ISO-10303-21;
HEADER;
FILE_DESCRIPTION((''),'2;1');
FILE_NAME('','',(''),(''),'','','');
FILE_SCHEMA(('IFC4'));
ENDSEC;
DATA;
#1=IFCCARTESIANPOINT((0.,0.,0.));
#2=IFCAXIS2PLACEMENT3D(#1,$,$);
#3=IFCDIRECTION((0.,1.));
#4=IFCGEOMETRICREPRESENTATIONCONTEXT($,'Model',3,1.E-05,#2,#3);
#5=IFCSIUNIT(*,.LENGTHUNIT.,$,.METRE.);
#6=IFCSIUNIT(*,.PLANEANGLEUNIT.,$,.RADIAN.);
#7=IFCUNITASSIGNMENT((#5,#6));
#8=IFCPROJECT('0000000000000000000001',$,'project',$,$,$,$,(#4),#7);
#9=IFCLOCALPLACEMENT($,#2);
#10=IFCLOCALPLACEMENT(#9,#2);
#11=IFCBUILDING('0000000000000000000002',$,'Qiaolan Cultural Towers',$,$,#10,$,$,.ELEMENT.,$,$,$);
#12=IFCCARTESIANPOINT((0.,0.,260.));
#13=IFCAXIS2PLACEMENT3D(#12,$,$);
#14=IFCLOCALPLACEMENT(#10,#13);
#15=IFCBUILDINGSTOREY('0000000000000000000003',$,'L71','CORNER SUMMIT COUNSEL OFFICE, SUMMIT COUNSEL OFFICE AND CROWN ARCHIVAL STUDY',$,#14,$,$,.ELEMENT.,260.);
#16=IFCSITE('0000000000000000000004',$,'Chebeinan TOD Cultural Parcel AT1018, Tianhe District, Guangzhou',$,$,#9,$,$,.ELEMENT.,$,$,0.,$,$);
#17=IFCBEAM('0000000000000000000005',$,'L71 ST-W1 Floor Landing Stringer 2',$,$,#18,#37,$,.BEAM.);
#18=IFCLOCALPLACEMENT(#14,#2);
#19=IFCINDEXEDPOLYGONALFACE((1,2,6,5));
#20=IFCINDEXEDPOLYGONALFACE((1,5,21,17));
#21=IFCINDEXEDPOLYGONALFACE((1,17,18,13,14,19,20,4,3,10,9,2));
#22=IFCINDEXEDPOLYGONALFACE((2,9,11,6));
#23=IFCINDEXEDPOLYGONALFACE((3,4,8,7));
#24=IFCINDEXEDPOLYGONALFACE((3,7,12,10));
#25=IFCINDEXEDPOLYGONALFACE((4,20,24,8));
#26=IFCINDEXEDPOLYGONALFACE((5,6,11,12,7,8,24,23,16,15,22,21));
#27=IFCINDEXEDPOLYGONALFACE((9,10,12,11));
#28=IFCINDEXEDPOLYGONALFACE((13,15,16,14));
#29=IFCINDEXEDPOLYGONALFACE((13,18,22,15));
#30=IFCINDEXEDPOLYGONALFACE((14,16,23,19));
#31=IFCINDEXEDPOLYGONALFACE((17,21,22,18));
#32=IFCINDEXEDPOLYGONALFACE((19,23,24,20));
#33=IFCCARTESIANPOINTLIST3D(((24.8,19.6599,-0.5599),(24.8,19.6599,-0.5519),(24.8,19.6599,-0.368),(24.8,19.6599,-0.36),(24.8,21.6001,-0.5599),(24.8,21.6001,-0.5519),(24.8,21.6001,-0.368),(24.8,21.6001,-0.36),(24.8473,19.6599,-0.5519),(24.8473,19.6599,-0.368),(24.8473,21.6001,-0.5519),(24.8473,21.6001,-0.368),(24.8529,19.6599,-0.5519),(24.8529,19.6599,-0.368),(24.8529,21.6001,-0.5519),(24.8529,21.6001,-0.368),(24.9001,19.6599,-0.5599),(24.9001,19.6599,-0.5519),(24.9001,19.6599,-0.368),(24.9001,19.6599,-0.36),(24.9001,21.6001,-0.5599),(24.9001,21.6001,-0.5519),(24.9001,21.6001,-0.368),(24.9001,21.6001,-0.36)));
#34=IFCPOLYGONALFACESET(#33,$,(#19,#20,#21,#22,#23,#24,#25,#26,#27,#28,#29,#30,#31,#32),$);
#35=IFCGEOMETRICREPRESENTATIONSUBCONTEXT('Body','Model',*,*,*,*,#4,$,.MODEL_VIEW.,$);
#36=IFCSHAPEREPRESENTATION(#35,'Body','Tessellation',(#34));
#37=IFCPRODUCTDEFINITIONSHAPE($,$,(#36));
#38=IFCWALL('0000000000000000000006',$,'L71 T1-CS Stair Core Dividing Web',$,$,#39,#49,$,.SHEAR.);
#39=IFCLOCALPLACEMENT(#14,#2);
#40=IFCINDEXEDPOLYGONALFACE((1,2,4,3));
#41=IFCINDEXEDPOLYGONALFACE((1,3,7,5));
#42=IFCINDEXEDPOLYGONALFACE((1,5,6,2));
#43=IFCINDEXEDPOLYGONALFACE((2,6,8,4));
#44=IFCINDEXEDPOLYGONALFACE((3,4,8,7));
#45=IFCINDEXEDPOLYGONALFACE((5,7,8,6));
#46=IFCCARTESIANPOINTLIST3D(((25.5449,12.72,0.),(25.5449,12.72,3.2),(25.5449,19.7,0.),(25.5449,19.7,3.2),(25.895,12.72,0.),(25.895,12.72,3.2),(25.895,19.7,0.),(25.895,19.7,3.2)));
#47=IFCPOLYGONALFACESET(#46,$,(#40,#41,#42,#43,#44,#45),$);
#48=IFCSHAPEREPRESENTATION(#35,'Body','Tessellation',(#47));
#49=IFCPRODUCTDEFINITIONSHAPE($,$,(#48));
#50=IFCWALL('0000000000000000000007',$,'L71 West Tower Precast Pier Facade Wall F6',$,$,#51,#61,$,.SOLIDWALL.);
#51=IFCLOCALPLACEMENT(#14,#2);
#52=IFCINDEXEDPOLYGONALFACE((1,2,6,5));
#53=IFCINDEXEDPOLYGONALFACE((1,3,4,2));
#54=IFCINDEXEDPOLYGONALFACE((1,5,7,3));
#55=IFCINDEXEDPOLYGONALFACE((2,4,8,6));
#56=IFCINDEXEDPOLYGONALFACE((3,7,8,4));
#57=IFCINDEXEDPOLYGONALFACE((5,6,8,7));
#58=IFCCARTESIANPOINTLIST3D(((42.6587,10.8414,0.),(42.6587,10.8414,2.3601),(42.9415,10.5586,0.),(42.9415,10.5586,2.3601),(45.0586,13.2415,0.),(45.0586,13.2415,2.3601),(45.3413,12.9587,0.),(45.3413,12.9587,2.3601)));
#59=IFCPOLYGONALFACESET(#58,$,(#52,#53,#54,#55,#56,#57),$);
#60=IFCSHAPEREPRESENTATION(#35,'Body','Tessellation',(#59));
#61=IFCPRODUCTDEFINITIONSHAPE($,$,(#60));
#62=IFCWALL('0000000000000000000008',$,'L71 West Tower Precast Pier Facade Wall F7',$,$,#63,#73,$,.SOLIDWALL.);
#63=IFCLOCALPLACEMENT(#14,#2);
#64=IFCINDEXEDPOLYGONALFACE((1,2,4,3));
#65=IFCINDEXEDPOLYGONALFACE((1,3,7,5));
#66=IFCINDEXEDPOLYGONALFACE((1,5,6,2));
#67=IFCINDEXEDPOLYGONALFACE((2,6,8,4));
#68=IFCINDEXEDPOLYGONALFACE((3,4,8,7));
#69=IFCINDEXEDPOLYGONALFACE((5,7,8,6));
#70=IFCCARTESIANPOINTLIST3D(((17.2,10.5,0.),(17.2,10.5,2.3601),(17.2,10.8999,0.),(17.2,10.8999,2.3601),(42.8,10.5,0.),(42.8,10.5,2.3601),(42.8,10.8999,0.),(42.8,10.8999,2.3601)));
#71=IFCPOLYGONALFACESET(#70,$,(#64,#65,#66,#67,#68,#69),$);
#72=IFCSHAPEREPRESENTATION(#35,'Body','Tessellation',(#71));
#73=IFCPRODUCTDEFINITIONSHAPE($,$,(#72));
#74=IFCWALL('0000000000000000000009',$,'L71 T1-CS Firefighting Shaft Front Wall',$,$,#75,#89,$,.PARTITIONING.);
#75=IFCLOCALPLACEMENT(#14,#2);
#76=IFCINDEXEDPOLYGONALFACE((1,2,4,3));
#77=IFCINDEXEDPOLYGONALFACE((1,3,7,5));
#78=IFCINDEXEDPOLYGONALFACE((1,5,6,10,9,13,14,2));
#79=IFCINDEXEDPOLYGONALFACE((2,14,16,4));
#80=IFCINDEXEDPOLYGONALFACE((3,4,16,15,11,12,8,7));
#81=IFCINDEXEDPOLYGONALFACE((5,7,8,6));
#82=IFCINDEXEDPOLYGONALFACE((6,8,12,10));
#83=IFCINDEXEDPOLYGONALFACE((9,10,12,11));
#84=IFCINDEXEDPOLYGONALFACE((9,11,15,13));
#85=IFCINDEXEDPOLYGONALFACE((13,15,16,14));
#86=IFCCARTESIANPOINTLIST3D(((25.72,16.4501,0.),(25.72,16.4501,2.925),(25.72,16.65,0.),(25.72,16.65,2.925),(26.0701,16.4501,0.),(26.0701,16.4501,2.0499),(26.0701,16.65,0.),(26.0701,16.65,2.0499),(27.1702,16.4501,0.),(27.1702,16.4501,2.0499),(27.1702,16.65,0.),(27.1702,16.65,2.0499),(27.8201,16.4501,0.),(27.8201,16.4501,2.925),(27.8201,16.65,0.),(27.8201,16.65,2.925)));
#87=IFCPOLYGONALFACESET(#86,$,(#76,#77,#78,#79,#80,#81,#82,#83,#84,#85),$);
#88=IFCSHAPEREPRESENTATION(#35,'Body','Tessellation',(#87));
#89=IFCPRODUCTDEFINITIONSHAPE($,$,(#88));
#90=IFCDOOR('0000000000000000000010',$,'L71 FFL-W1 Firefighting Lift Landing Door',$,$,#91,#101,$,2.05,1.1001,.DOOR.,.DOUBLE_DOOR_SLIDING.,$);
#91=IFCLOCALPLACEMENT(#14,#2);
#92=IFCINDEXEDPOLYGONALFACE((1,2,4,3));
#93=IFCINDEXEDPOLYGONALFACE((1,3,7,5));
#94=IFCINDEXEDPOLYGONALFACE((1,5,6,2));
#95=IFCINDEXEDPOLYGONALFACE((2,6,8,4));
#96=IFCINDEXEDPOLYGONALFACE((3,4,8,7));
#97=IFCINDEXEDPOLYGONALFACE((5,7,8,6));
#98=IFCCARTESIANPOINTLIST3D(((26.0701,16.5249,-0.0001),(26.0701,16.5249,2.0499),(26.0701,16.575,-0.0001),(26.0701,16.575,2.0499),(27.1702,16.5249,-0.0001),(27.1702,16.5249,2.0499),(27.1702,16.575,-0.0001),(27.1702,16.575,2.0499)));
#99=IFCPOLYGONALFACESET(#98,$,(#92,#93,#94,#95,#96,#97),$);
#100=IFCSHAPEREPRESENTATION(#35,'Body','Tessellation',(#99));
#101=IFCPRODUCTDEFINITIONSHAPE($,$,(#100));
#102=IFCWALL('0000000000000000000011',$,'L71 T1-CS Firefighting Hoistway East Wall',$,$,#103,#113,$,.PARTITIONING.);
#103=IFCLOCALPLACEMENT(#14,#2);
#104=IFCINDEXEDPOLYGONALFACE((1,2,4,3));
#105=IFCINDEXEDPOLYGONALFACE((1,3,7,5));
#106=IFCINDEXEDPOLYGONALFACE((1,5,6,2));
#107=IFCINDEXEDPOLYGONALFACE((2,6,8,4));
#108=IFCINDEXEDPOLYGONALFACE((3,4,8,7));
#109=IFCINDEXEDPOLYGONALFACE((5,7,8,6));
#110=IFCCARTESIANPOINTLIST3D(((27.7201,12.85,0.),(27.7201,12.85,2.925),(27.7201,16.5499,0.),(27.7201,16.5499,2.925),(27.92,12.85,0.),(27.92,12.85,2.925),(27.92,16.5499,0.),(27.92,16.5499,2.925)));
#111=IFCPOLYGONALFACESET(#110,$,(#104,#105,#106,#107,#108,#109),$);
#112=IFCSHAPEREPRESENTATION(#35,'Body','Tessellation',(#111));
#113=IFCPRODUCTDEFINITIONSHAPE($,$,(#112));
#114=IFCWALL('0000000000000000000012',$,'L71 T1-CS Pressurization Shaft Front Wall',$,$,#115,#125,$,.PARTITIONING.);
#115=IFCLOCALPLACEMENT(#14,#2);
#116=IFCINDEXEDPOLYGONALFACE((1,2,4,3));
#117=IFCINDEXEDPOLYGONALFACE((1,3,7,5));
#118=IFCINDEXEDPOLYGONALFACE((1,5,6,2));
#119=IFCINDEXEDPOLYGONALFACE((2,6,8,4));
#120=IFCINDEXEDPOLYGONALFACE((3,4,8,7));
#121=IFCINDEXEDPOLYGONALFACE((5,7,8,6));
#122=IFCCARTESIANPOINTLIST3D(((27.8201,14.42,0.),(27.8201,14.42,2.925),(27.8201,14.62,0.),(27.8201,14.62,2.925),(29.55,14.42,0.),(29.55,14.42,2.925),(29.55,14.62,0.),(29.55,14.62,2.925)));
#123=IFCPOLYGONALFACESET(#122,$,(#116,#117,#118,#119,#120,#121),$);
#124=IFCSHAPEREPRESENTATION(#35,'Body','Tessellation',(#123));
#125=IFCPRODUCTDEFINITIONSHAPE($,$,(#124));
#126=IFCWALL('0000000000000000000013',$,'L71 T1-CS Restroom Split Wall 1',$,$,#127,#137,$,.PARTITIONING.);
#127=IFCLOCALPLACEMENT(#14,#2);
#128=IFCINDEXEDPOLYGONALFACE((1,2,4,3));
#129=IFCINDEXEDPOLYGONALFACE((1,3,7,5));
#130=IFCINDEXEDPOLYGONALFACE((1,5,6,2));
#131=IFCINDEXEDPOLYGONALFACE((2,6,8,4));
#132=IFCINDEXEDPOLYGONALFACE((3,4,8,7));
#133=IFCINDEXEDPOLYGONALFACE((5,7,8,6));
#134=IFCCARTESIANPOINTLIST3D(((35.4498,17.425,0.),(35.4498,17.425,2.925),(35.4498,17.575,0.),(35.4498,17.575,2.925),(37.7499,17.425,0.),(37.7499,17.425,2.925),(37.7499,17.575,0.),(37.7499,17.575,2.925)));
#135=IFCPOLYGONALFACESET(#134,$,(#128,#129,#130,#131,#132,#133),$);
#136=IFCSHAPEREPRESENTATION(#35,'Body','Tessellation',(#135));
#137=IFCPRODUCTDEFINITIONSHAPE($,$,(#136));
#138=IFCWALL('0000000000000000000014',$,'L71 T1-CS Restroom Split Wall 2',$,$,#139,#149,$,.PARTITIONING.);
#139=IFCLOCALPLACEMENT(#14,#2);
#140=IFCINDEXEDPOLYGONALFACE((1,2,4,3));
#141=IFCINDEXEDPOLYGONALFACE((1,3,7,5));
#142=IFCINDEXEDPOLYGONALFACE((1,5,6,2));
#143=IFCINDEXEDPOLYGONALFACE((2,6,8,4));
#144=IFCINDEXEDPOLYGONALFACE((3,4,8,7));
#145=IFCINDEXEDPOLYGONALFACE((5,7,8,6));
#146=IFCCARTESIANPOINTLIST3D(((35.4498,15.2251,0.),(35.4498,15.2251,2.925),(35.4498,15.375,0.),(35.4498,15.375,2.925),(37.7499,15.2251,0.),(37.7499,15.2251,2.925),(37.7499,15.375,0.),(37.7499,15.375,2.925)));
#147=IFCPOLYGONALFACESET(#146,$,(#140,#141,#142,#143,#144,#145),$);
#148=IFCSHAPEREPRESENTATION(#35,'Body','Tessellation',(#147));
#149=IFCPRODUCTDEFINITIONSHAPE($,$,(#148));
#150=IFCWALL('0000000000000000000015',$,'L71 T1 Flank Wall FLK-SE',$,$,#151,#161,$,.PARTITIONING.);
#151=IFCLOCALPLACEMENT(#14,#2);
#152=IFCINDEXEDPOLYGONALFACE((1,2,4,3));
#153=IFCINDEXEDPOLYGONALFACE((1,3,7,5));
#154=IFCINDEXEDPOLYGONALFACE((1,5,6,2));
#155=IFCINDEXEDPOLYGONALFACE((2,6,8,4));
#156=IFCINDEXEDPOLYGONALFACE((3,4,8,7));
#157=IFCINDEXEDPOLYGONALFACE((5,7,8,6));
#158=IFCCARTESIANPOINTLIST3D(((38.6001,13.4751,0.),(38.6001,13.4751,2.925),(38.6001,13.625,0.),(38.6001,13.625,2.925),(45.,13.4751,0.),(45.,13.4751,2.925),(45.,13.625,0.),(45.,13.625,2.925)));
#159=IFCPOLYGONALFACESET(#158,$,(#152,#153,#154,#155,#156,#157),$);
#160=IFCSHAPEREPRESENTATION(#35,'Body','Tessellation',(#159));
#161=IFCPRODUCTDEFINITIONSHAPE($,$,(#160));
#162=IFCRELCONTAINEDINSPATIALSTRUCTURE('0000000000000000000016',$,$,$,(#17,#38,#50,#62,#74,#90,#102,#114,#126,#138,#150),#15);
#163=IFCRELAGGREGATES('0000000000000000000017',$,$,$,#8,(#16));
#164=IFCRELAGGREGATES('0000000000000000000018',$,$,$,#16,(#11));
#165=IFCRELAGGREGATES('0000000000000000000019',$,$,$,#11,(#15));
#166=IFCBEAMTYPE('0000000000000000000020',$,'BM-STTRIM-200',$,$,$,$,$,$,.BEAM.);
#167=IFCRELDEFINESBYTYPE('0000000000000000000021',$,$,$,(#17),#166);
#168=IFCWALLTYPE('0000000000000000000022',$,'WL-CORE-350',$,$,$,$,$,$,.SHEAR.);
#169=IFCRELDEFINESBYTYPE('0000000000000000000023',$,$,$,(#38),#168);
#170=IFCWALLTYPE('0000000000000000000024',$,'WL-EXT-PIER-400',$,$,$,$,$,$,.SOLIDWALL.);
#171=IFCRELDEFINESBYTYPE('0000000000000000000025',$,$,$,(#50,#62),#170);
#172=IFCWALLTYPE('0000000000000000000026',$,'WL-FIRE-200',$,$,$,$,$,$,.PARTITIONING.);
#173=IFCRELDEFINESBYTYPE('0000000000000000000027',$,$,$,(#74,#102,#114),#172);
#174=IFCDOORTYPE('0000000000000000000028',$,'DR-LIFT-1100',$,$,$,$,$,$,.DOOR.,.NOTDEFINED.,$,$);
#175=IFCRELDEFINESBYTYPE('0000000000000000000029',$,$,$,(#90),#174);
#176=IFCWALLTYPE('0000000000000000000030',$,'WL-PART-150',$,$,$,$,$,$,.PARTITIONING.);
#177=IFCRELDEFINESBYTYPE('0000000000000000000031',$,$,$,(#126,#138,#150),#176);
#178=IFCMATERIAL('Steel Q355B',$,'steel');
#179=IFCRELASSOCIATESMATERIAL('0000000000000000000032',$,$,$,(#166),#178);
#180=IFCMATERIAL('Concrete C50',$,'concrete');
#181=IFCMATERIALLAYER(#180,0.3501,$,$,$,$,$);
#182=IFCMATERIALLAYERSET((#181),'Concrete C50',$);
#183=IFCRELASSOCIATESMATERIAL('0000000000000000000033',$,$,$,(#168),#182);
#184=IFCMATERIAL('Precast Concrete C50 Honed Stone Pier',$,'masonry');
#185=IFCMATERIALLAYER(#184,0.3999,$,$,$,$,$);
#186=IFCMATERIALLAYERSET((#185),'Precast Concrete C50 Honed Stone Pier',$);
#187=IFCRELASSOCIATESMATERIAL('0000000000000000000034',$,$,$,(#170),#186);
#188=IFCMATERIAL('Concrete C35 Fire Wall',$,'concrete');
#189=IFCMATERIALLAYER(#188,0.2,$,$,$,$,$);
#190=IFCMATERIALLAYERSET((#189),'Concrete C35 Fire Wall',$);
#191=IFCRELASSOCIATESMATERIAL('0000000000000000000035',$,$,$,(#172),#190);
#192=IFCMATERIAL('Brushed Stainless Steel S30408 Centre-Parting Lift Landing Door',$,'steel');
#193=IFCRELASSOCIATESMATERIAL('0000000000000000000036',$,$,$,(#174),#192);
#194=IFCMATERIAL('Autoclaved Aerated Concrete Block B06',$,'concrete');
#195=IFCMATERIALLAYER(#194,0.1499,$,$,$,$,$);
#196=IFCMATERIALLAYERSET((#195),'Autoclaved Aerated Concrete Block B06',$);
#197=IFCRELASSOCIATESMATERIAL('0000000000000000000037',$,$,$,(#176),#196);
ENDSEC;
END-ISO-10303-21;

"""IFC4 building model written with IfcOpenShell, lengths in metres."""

from ifc_helpers import new_model, si_unit, direction, frame, frame_2d, origin, origin_2d, place, context, subcontext, project, spatial, rectangle, i_section, extrude, material, layer, layer_set, material_profile, profile_set, type_object, element, fill, save


model = new_model("IFC4")

# Units and contexts
model_context = context("Model", 3, precision=1e-05, world=origin(), true_north=direction((0.0, 1.0)))
body_context = subcontext(model_context, "Body", "Model", "MODEL_VIEW")
ifc_project = project(units=[si_unit("LENGTHUNIT", "METRE"), si_unit("PLANEANGLEUNIT", "RADIAN")], contexts=[model_context])

# Site, building, storey
site_placement = place(None, origin())
site = spatial("IfcSite", under=ifc_project, at=site_placement, Name="Chebeinan TOD Cultural Parcel AT1018, Tianhe District, Guangzhou", CompositionType="ELEMENT", RefElevation=0.0)
building_placement = place(site_placement, origin())
building = spatial("IfcBuilding", under=site, at=building_placement, Name="Qiaolan Cultural Towers", CompositionType="ELEMENT")
storey_placement = place(building_placement, frame((0.0, 0.0, 260.0)))
storey = spatial("IfcBuildingStorey", under=building, at=storey_placement, Name="L71", Description="CORNER SUMMIT COUNSEL OFFICE, SUMMIT COUNSEL OFFICE AND CROWN ARCHIVAL STUDY", CompositionType="ELEMENT", Elevation=260.0)

# Beam
ifc_material_1 = material(Name="Steel Q355B", Category="steel")
ifc_material_profile_1 = material_profile(ifc_material_1, i_section(OverallWidth=0.1001, OverallDepth=0.2, WebThickness=0.0056, FlangeThickness=0.0081, at=origin_2d()), Name="HN200x100x5.5x8")
ifc_profile_set_1 = profile_set([ifc_material_profile_1], Name="Steel Q355B")
beam_type_1 = type_object("IfcBeamType", Name="BM-STTRIM-200", PredefinedType="BEAM", material=ifc_profile_set_1)
beam_1_placement = place(storey_placement, frame((24.8501, 21.6001, -0.46), z_axis=(0.0, -1.0, 0.0), x_axis=(1.0, 0.0, 0.0)))
element("IfcBeam", 1, at=beam_1_placement, inside=storey, type_object=beam_type_1, Name="L71 ST-W1 Floor Landing Stringer 2", PredefinedType="BEAM", context=body_context, shape_type="SweptSolid", body=[
    extrude(i_section(OverallWidth=0.1001, OverallDepth=0.2, WebThickness=0.0056, FlangeThickness=0.0081, at=origin_2d()), origin(), (0.0, 0.0, 1.0), 1.9402),
])

# Walls
ifc_material_2 = material(Name="Concrete C50", Category="concrete")
ifc_layer_1 = layer(ifc_material_2, 0.3501)
ifc_layer_set_1 = layer_set([ifc_layer_1], Name="Concrete C50")
wall_type_1 = type_object("IfcWallType", Name="WL-CORE-350", PredefinedType="SHEAR", material=ifc_layer_set_1)
wall_1_placement = place(storey_placement, frame((25.72, 19.7, 0.0), z_axis=(0.0, 0.0, 1.0), x_axis=(0.0, -1.0, 0.0)))
element("IfcWall", 2, at=wall_1_placement, inside=storey, type_object=wall_type_1, Name="L71 T1-CS Stair Core Dividing Web", PredefinedType="SHEAR", context=body_context, shape_type="SweptSolid", body=[
    extrude(rectangle(XDim=6.98, YDim=0.3501, at=frame_2d((3.49, 0.0))), origin(), (0.0, 0.0, 1.0), 3.2),
])
ifc_material_3 = material(Name="Precast Concrete C50 Honed Stone Pier", Category="masonry")
ifc_layer_2 = layer(ifc_material_3, 0.3999)
ifc_layer_set_2 = layer_set([ifc_layer_2], Name="Precast Concrete C50 Honed Stone Pier")
wall_type_2 = type_object("IfcWallType", Name="WL-EXT-PIER-400", PredefinedType="SOLIDWALL", material=ifc_layer_set_2)
wall_2_placement = place(storey_placement, frame((45.2, 13.1001, 0.0), z_axis=(0.0, 0.0, 1.0), x_axis=(-0.707071, -0.707143, 0.0)))
element("IfcWall", 3, at=wall_2_placement, inside=storey, type_object=wall_type_2, Name="L71 West Tower Precast Pier Facade Wall F6", PredefinedType="SOLIDWALL", context=body_context, shape_type="SweptSolid", body=[
    extrude(rectangle(XDim=3.394, YDim=0.3999, at=frame_2d((1.697, 0.0))), origin(), (0.0, 0.0, 1.0), 2.3601),
])
wall_3_placement = place(storey_placement, frame((42.8, 10.7, 0.0), z_axis=(0.0, 0.0, 1.0), x_axis=(-1.0, 0.0, 0.0)))
element("IfcWall", 4, at=wall_3_placement, inside=storey, type_object=wall_type_2, Name="L71 West Tower Precast Pier Facade Wall F7", PredefinedType="SOLIDWALL", context=body_context, shape_type="SweptSolid", body=[
    extrude(rectangle(XDim=25.6001, YDim=0.3999, at=frame_2d((12.8, 0.0))), origin(), (0.0, 0.0, 1.0), 2.3601),
])

# Wall, opening, door
ifc_material_4 = material(Name="Concrete C35 Fire Wall", Category="concrete")
ifc_layer_3 = layer(ifc_material_4, 0.2)
ifc_layer_set_3 = layer_set([ifc_layer_3], Name="Concrete C35 Fire Wall")
wall_type_3 = type_object("IfcWallType", Name="WL-FIRE-200", PredefinedType="PARTITIONING", material=ifc_layer_set_3)
wall_4_placement = place(storey_placement, frame((25.72, 16.55, 0.0), z_axis=(0.0, 0.0, 1.0), x_axis=(1.0, 0.0, 0.0)))
wall_4 = element("IfcWall", 5, at=wall_4_placement, inside=storey, type_object=wall_type_3, Name="L71 T1-CS Firefighting Shaft Front Wall", PredefinedType="PARTITIONING", context=body_context, shape_type="SweptSolid", body=[
    extrude(rectangle(XDim=2.1001, YDim=0.2, at=frame_2d((1.05, 0.0))), origin(), (0.0, 0.0, 1.0), 2.925),
])
opening_placement = place(wall_4_placement, frame((0.3501, 0.0, 0.0)))
opening = element("IfcOpeningElement", 6, at=opening_placement, cuts=wall_4, PredefinedType="OPENING", context=body_context, shape_type="SweptSolid", body=[
    extrude(rectangle(XDim=1.1001, YDim=2.05, at=frame_2d((0.55, 1.0249))), frame((0.0, 0.1099, 0.0), z_axis=(0.0, -1.0, 0.0), x_axis=(1.0, 0.0, 0.0)), (0.0, 0.0, 1.0), 0.22),
])
ifc_material_5 = material(Name="Brushed Stainless Steel S30408 Centre-Parting Lift Landing Door", Category="steel")
door_type = type_object("IfcDoorType", Name="DR-LIFT-1100", OperationType="NOTDEFINED", PredefinedType="DOOR", material=ifc_material_5)
door_placement = place(opening_placement, origin())
door = element("IfcDoor", 7, at=door_placement, inside=storey, type_object=door_type, Name="L71 FFL-W1 Firefighting Lift Landing Door", OperationType="DOUBLE_DOOR_SLIDING", OverallHeight=2.05, OverallWidth=1.1001, PredefinedType="DOOR", context=body_context, shape_type="SweptSolid", body=[
    extrude(rectangle(XDim=1.1001, YDim=2.05, at=frame_2d((0.55, 1.0249))), frame((0.0, 0.0249, 0.0), z_axis=(0.0, -1.0, 0.0), x_axis=(1.0, 0.0, 0.0)), (0.0, 0.0, 1.0), 0.05),
])
fill(opening, door)

# Walls
wall_5_placement = place(storey_placement, frame((27.8201, 16.55, 0.0), z_axis=(0.0, 0.0, 1.0), x_axis=(0.0, -1.0, 0.0)))
element("IfcWall", 8, at=wall_5_placement, inside=storey, type_object=wall_type_3, Name="L71 T1-CS Firefighting Hoistway East Wall", PredefinedType="PARTITIONING", context=body_context, shape_type="SweptSolid", body=[
    extrude(rectangle(XDim=3.7, YDim=0.2, at=frame_2d((1.8501, 0.0))), origin(), (0.0, 0.0, 1.0), 2.925),
])
wall_6_placement = place(storey_placement, frame((27.8201, 14.52, 0.0), z_axis=(0.0, 0.0, 1.0), x_axis=(1.0, 0.0, 0.0)))
element("IfcWall", 9, at=wall_6_placement, inside=storey, type_object=wall_type_3, Name="L71 T1-CS Pressurization Shaft Front Wall", PredefinedType="PARTITIONING", context=body_context, shape_type="SweptSolid", body=[
    extrude(rectangle(XDim=1.73, YDim=0.2, at=frame_2d((0.865, 0.0))), origin(), (0.0, 0.0, 1.0), 2.925),
])
ifc_material_6 = material(Name="Autoclaved Aerated Concrete Block B06", Category="concrete")
ifc_layer_4 = layer(ifc_material_6, 0.1499)
ifc_layer_set_4 = layer_set([ifc_layer_4], Name="Autoclaved Aerated Concrete Block B06")
wall_type_4 = type_object("IfcWallType", Name="WL-PART-150", PredefinedType="PARTITIONING", material=ifc_layer_set_4)
for number, where, z_axis, x_axis, name in (
    (10, (35.45, 17.5, 0.0), (0.0, 0.0, 1.0), (1.0, 0.0, 0.0), "L71 T1-CS Restroom Split Wall 1"),
    (11, (35.45, 15.3, 0.0), (0.0, 0.0, 1.0), (1.0, 0.0, 0.0), "L71 T1-CS Restroom Split Wall 2"),
):
    element("IfcWall", number, at=place(storey_placement, frame(where, z_axis=z_axis, x_axis=x_axis)), inside=storey, type_object=wall_type_4, Name=name, PredefinedType="PARTITIONING", context=body_context, shape_type="SweptSolid", body=[
        extrude(rectangle(XDim=2.3, YDim=0.1499, at=frame_2d((1.1499, 0.0))), origin(), (0.0, 0.0, 1.0), 2.925),
    ])
wall_7_placement = place(storey_placement, frame((38.6001, 13.55, 0.0), z_axis=(0.0, 0.0, 1.0), x_axis=(1.0, 0.0, 0.0)))
element("IfcWall", 12, at=wall_7_placement, inside=storey, type_object=wall_type_4, Name="L71 T1 Flank Wall FLK-SE", PredefinedType="PARTITIONING", context=body_context, shape_type="SweptSolid", body=[
    extrude(rectangle(XDim=6.3999, YDim=0.1499, at=frame_2d((3.2, 0.0))), origin(), (0.0, 0.0, 1.0), 2.925),
])

save(model, "model.ifc")
